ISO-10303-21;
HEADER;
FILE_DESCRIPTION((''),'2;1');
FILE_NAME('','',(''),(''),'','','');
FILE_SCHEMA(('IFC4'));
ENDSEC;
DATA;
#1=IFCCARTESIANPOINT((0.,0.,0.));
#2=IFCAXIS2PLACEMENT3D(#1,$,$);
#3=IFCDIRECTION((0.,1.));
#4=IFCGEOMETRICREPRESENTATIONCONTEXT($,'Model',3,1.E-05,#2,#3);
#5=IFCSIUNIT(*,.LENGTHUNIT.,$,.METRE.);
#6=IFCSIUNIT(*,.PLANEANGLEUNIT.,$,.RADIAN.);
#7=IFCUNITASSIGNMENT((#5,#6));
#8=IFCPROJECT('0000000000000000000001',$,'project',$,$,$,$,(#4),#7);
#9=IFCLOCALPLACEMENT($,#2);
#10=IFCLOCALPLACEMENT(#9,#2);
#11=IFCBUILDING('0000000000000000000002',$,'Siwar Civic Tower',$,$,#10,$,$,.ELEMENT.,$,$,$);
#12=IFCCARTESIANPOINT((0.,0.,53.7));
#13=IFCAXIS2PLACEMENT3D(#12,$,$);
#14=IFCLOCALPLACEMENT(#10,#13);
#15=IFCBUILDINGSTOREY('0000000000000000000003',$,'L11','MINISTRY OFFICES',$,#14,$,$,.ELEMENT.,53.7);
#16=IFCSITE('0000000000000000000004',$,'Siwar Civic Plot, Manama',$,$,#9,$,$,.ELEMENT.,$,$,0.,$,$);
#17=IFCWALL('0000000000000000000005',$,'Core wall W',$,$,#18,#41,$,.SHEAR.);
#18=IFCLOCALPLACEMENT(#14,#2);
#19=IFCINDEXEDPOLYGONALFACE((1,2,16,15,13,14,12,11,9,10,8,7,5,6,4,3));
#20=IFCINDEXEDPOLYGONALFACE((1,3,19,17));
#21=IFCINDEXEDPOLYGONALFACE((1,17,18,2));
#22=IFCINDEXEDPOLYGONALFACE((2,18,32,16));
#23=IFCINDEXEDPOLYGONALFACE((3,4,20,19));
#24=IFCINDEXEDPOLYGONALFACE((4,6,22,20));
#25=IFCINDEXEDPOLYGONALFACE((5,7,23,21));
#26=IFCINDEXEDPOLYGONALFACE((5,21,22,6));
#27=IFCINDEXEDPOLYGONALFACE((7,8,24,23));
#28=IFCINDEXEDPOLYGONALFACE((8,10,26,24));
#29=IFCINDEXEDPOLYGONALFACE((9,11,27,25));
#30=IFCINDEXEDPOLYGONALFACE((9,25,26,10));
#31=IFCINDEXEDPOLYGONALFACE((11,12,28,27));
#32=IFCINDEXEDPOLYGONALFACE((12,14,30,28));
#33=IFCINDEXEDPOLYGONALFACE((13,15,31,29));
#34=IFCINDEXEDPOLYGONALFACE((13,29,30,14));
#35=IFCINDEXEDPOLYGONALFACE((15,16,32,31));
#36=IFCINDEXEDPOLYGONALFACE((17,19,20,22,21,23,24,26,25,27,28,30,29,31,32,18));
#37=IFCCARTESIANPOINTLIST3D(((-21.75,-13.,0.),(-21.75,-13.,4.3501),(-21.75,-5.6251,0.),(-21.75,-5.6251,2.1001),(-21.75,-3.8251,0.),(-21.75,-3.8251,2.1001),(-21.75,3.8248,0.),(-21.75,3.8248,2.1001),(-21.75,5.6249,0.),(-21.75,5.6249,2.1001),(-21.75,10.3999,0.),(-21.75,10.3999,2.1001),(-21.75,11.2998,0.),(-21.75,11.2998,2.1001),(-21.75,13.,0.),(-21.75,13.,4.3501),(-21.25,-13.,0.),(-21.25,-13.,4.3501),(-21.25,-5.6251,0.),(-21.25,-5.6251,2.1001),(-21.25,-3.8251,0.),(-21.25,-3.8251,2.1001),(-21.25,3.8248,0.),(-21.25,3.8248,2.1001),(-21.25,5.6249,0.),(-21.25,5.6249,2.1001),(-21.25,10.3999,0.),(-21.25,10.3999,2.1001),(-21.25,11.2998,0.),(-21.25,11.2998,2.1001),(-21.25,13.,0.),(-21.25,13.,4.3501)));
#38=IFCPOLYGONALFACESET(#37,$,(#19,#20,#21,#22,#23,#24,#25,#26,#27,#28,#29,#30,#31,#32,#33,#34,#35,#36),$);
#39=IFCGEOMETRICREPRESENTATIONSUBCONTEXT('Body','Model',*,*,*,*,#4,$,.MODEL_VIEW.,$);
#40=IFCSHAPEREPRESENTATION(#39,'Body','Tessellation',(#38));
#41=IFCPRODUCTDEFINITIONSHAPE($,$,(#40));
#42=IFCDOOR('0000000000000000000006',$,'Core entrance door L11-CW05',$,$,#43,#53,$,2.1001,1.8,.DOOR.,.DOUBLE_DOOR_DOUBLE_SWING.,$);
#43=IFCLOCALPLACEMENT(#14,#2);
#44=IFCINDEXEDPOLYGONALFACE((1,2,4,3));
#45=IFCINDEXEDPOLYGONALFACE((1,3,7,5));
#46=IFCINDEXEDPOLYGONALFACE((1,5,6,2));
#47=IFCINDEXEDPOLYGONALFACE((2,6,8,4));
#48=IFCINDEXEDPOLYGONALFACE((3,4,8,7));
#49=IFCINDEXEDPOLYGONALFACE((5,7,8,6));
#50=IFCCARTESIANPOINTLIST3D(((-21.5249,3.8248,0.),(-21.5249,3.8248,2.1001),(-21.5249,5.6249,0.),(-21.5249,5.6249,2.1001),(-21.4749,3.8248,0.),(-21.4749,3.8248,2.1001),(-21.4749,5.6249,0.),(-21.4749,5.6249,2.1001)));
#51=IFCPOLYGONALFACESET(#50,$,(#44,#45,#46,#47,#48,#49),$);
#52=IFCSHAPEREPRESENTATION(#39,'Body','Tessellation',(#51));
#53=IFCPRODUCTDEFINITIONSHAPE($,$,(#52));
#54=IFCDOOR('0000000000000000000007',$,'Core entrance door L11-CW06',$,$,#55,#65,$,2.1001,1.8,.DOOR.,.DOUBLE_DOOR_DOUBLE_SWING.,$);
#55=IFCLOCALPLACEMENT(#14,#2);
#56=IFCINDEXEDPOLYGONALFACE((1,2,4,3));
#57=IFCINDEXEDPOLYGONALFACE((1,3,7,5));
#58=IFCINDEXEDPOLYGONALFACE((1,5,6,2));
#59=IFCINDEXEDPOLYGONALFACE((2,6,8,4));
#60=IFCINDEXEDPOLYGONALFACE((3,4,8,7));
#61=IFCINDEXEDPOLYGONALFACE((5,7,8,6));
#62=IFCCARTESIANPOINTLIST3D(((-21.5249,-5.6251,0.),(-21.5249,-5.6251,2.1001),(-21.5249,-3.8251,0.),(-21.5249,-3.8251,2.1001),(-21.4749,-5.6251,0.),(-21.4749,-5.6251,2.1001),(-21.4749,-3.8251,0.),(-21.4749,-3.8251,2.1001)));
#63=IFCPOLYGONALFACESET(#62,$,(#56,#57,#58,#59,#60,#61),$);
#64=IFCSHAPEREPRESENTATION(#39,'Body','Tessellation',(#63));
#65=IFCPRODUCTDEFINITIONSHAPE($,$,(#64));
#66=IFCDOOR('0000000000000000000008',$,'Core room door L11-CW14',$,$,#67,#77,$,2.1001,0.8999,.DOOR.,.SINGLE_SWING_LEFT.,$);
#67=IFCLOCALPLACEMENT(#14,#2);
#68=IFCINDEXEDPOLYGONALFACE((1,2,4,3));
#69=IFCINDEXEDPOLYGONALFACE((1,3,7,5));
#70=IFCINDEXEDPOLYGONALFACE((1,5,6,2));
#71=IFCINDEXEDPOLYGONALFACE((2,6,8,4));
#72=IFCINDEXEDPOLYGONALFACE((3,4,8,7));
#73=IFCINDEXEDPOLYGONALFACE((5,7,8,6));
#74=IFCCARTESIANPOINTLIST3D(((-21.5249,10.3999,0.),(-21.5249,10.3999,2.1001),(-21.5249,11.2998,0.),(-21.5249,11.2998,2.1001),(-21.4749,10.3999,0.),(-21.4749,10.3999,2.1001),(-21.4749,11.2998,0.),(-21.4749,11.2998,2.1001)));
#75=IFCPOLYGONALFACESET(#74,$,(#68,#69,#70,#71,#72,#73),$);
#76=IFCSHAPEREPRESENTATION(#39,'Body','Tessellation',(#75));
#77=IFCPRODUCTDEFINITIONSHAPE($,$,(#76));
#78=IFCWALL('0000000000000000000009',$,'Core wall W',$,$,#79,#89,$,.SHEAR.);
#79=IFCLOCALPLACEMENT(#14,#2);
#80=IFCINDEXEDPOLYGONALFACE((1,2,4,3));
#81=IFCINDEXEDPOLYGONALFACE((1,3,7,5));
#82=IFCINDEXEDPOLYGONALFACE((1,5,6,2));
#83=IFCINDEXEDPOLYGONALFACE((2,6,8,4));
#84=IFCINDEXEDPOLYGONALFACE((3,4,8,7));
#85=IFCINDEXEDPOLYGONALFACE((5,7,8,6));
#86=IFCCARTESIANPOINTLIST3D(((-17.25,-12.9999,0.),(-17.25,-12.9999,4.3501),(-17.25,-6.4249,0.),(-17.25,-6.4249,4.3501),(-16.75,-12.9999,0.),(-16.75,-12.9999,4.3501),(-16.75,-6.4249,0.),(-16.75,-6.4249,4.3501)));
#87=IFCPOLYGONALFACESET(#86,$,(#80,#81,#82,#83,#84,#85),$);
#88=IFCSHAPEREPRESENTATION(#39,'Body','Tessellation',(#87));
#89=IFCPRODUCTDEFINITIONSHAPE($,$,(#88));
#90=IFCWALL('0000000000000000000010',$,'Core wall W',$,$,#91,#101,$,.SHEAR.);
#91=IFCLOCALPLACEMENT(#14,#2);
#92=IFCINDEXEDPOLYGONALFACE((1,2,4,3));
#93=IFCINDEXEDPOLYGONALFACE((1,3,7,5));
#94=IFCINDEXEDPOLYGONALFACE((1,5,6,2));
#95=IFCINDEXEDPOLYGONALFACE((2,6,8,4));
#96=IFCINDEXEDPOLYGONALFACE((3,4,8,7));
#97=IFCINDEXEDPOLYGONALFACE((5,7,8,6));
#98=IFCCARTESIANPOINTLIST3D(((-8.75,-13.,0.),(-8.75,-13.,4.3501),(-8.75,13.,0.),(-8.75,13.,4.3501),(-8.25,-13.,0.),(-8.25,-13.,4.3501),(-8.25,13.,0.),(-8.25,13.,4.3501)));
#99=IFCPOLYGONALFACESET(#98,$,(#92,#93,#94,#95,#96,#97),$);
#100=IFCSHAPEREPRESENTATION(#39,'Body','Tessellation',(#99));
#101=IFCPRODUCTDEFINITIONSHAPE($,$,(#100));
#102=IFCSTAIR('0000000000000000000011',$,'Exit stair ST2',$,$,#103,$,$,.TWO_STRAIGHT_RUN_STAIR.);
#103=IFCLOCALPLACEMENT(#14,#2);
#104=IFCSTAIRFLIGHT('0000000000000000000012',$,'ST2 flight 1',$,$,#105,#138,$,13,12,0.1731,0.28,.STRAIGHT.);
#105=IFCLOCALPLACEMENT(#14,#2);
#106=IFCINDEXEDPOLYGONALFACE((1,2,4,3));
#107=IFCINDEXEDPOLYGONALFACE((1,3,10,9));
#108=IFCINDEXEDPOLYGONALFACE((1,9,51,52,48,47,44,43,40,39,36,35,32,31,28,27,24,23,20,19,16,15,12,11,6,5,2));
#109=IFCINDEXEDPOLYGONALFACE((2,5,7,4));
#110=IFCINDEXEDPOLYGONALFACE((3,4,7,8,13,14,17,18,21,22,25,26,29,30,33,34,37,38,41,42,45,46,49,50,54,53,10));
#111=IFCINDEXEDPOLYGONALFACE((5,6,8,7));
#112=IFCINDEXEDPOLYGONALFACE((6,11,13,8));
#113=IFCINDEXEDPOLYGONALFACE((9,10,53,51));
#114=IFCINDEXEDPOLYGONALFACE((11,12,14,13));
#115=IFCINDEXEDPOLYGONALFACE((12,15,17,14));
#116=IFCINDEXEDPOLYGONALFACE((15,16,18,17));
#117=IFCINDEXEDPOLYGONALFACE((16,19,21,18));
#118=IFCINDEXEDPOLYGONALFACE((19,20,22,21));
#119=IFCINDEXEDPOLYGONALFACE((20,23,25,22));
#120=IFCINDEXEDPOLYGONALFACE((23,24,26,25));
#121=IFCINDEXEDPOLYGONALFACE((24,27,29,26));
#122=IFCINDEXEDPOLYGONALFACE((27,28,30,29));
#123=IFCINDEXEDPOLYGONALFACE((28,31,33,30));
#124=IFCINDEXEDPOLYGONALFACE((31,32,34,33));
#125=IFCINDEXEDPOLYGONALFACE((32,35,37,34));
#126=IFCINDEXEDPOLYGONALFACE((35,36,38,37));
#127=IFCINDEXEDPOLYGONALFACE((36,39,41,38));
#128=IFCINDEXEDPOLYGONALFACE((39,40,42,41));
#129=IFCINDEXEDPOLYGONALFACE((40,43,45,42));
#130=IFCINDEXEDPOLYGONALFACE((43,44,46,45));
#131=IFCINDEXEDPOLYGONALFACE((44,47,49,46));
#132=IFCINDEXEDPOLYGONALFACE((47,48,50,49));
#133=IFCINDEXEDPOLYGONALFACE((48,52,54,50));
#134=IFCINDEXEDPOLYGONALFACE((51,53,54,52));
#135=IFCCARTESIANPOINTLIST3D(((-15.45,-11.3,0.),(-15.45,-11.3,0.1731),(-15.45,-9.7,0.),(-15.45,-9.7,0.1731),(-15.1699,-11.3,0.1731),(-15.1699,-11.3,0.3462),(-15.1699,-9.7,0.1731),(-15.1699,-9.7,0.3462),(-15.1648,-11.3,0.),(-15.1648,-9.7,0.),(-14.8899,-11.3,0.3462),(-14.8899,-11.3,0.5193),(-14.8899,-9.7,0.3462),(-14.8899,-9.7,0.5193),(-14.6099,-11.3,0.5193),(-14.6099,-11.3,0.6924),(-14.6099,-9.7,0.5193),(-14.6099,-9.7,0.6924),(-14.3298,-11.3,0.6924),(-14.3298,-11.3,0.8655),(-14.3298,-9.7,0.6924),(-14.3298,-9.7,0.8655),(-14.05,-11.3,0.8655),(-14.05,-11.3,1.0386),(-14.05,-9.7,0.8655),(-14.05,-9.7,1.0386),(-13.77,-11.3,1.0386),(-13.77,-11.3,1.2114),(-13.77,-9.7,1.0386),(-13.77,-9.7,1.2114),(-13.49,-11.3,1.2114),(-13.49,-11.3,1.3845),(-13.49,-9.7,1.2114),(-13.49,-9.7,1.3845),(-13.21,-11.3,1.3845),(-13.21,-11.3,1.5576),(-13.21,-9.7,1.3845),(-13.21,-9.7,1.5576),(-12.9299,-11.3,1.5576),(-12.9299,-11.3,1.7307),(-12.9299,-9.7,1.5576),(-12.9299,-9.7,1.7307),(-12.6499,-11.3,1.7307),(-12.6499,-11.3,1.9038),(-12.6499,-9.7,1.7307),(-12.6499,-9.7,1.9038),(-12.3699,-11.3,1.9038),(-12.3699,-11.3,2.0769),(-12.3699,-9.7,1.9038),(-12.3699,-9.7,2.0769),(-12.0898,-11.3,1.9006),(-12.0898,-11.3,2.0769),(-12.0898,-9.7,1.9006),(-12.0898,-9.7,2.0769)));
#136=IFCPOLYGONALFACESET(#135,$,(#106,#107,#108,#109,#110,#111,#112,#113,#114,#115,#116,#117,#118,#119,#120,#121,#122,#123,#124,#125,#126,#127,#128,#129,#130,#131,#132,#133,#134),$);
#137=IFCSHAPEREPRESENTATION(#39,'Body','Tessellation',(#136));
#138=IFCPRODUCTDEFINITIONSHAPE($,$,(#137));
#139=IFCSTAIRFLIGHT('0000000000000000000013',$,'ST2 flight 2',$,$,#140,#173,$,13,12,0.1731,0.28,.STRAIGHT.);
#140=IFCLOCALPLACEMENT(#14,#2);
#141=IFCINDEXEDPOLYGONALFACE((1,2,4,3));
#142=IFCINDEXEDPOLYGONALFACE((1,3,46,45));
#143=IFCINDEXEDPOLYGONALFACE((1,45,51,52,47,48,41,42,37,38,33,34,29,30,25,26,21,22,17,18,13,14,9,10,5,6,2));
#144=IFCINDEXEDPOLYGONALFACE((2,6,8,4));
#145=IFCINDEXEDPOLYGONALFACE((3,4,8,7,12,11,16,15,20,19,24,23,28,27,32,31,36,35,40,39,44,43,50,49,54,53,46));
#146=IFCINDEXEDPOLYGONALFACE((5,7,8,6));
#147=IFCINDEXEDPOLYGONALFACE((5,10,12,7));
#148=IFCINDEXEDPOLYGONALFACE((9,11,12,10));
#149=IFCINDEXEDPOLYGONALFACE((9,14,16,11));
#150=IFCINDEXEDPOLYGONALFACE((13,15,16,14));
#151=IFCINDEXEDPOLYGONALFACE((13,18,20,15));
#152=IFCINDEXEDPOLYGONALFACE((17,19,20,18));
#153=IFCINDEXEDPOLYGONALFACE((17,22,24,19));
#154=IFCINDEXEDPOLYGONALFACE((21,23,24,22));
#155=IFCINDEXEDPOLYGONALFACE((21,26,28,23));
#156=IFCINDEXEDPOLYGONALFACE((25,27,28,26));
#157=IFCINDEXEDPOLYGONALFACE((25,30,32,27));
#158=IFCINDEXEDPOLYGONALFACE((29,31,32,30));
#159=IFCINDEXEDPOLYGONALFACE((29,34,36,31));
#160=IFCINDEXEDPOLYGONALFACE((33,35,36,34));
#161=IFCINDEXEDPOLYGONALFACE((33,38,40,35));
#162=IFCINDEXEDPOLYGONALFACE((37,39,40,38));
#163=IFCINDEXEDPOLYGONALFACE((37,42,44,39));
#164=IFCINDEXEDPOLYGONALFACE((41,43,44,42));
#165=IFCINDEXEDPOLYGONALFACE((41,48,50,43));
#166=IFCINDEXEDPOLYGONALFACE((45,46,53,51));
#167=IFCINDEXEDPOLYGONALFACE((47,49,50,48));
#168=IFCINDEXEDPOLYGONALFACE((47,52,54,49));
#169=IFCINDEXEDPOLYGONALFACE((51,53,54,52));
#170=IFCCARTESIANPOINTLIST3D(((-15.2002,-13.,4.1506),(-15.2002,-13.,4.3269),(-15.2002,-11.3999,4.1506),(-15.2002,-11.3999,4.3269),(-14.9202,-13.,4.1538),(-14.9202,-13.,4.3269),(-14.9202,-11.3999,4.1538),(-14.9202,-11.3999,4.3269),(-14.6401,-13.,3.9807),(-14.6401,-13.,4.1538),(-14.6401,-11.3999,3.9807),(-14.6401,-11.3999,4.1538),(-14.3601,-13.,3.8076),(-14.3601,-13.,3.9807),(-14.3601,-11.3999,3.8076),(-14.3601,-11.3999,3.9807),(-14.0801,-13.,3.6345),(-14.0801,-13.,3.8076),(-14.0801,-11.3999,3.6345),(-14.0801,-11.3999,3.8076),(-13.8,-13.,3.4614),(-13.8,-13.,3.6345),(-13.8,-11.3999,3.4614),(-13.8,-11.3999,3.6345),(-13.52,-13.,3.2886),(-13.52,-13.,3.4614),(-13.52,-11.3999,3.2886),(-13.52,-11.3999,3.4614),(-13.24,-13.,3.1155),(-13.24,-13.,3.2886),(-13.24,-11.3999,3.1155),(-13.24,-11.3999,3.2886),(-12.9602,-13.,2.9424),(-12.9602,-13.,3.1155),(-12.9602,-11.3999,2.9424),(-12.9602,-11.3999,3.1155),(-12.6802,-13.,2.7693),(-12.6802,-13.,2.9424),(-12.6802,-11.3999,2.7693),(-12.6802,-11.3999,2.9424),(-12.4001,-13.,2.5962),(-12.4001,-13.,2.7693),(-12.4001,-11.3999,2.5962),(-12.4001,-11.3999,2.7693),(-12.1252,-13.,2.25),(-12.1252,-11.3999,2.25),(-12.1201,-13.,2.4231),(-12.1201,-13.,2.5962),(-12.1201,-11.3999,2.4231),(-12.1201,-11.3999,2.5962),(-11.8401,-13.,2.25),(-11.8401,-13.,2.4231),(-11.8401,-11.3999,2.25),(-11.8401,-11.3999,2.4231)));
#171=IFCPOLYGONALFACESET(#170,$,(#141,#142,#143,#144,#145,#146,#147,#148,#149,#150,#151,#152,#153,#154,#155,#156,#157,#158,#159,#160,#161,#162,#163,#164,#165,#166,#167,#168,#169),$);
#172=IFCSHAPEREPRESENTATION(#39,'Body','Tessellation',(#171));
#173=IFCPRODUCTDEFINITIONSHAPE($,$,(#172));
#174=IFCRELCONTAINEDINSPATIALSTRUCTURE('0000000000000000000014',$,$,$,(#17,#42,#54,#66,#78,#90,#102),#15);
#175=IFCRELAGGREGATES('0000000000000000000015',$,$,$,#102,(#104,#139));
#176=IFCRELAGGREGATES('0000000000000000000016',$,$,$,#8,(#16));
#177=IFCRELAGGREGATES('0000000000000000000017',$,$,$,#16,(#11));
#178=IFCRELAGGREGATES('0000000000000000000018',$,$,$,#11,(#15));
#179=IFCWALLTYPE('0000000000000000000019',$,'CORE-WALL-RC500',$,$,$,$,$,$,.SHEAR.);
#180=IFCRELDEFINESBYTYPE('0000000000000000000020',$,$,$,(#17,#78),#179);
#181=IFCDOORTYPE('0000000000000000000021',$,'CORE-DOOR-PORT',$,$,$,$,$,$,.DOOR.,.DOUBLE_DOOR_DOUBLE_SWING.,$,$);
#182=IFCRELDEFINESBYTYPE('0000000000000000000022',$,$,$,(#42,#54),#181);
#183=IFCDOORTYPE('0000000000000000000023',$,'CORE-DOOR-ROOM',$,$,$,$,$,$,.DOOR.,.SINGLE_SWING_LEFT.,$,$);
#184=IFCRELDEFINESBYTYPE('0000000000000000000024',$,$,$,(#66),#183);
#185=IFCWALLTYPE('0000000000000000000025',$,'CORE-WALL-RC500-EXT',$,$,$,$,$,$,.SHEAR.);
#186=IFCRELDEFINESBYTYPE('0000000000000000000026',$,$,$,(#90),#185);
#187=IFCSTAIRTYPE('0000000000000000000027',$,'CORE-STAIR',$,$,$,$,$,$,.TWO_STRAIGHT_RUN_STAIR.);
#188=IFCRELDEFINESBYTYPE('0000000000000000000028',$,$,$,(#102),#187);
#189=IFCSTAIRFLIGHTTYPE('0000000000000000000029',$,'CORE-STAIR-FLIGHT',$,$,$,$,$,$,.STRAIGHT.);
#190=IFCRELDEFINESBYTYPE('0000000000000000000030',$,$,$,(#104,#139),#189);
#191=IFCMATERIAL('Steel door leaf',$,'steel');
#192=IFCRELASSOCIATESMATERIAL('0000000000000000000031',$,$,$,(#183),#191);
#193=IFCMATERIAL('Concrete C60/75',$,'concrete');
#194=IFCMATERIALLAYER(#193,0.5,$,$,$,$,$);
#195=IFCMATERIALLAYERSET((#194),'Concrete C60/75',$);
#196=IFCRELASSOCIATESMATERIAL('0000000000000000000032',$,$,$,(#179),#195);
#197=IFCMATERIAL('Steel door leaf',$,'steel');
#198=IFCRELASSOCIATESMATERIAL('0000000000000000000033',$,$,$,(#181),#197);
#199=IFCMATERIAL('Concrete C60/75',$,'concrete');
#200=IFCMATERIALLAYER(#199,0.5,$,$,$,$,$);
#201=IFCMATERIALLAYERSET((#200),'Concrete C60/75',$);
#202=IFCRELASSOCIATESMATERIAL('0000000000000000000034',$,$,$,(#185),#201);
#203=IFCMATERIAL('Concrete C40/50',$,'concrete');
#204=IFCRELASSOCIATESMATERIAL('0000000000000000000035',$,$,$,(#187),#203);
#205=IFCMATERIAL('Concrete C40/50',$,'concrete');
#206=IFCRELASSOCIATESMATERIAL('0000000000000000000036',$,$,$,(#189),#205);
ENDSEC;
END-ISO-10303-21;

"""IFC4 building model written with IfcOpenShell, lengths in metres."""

from ifc_helpers import new_model, si_unit, direction, frame, frame_2d, origin, place, context, subcontext, project, spatial, polyline, rectangle, outline, extrude, material, layer, layer_set, type_object, element, fill, aggregate, save


model = new_model("IFC4")

# Units and contexts
model_context = context("Model", 3, precision=1e-05, world=origin(), true_north=direction((0.0, 1.0)))
body_context = subcontext(model_context, "Body", "Model", "MODEL_VIEW")
ifc_project = project(units=[si_unit("LENGTHUNIT", "METRE"), si_unit("PLANEANGLEUNIT", "RADIAN")], contexts=[model_context])

# Site, building, storey
site_placement = place(None, origin())
site = spatial("IfcSite", under=ifc_project, at=site_placement, Name="Siwar Civic Plot, Manama", CompositionType="ELEMENT", RefElevation=0.0)
building_placement = place(site_placement, origin())
building = spatial("IfcBuilding", under=site, at=building_placement, Name="Siwar Civic Tower", CompositionType="ELEMENT")
storey_placement = place(building_placement, frame((0.0, 0.0, 53.7)))
storey = spatial("IfcBuildingStorey", under=building, at=storey_placement, Name="L11", Description="MINISTRY OFFICES", CompositionType="ELEMENT", Elevation=53.7)

# Shared definitions
ifc_material_1 = material(Name="Steel door leaf", Category="steel")
door_type_1 = type_object("IfcDoorType", Name="CORE-DOOR-ROOM", OperationType="SINGLE_SWING_LEFT", PredefinedType="DOOR", material=ifc_material_1)

# Wall, openings, doors
ifc_material_2 = material(Name="Concrete C60/75", Category="concrete")
ifc_layer_1 = layer(ifc_material_2, 0.5)
ifc_layer_set_1 = layer_set([ifc_layer_1], Name="Concrete C60/75")
wall_type_1 = type_object("IfcWallType", Name="CORE-WALL-RC500", PredefinedType="SHEAR", material=ifc_layer_set_1)
wall_1_placement = place(storey_placement, frame((-21.5, -13.0, 0.0), z_axis=(0.0, 0.0, 1.0), x_axis=(0.0, 1.0, 0.0)))
wall_1 = element("IfcWall", 1, at=wall_1_placement, inside=storey, type_object=wall_type_1, Name="Core wall W", PredefinedType="SHEAR", context=body_context, shape_type="SweptSolid", body=[
    extrude(rectangle(XDim=26.0, YDim=0.5, at=frame_2d((13.0, 0.0))), origin(), (0.0, 0.0, 1.0), 4.3501),
])
opening_1_placement = place(wall_1_placement, frame((16.825, 0.0, 0.0)))
opening_1 = element("IfcOpeningElement", 2, at=opening_1_placement, cuts=wall_1, PredefinedType="OPENING", context=body_context, shape_type="SweptSolid", body=[
    extrude(rectangle(XDim=1.8, YDim=2.1001, at=frame_2d((0.8999, 1.05))), frame((0.0, 0.26, 0.0), z_axis=(0.0, -1.0, 0.0), x_axis=(1.0, 0.0, 0.0)), (0.0, 0.0, 1.0), 0.52),
])
opening_2_placement = place(wall_1_placement, frame((7.375, 0.0, 0.0)))
opening_2 = element("IfcOpeningElement", 3, at=opening_2_placement, cuts=wall_1, PredefinedType="OPENING", context=body_context, shape_type="SweptSolid", body=[
    extrude(rectangle(XDim=1.8, YDim=2.1001, at=frame_2d((0.8999, 1.05))), frame((0.0, 0.26, 0.0), z_axis=(0.0, -1.0, 0.0), x_axis=(1.0, 0.0, 0.0)), (0.0, 0.0, 1.0), 0.52),
])
opening_3_placement = place(wall_1_placement, frame((23.3999, 0.0, 0.0)))
opening_3 = element("IfcOpeningElement", 4, at=opening_3_placement, cuts=wall_1, PredefinedType="OPENING", context=body_context, shape_type="SweptSolid", body=[
    extrude(rectangle(XDim=0.8999, YDim=2.1001, at=frame_2d((0.45, 1.05))), frame((0.0, 0.26, 0.0), z_axis=(0.0, -1.0, 0.0), x_axis=(1.0, 0.0, 0.0)), (0.0, 0.0, 1.0), 0.52),
])
ifc_material_3 = material(Name="Steel door leaf", Category="steel")
door_type_2 = type_object("IfcDoorType", Name="CORE-DOOR-PORT", OperationType="DOUBLE_DOOR_DOUBLE_SWING", PredefinedType="DOOR", material=ifc_material_3)
door_1_placement = place(opening_1_placement, origin())
door_1 = element("IfcDoor", 5, at=door_1_placement, inside=storey, type_object=door_type_2, Name="Core entrance door L11-CW05", OperationType="DOUBLE_DOOR_DOUBLE_SWING", OverallHeight=2.1001, OverallWidth=1.8, PredefinedType="DOOR", context=body_context, shape_type="SweptSolid", body=[
    extrude(rectangle(XDim=1.8, YDim=2.1001, at=frame_2d((0.8999, 1.05))), frame((0.0, 0.0249, 0.0), z_axis=(0.0, -1.0, 0.0), x_axis=(1.0, 0.0, 0.0)), (0.0, 0.0, 1.0), 0.05),
])
fill(opening_1, door_1)
door_2_placement = place(opening_2_placement, origin())
door_2 = element("IfcDoor", 6, at=door_2_placement, inside=storey, type_object=door_type_2, Name="Core entrance door L11-CW06", OperationType="DOUBLE_DOOR_DOUBLE_SWING", OverallHeight=2.1001, OverallWidth=1.8, PredefinedType="DOOR", context=body_context, shape_type="SweptSolid", body=[
    extrude(rectangle(XDim=1.8, YDim=2.1001, at=frame_2d((0.8999, 1.05))), frame((0.0, 0.0249, 0.0), z_axis=(0.0, -1.0, 0.0), x_axis=(1.0, 0.0, 0.0)), (0.0, 0.0, 1.0), 0.05),
])
fill(opening_2, door_2)
door_3_placement = place(opening_3_placement, origin())
door_3 = element("IfcDoor", 7, at=door_3_placement, inside=storey, type_object=door_type_1, Name="Core room door L11-CW14", OperationType="SINGLE_SWING_LEFT", OverallHeight=2.1001, OverallWidth=0.8999, PredefinedType="DOOR", context=body_context, shape_type="SweptSolid", body=[
    extrude(rectangle(XDim=0.8999, YDim=2.1001, at=frame_2d((0.45, 1.05))), frame((0.0, 0.0249, 0.0), z_axis=(0.0, -1.0, 0.0), x_axis=(1.0, 0.0, 0.0)), (0.0, 0.0, 1.0), 0.05),
])
fill(opening_3, door_3)

# Walls
wall_2_placement = place(storey_placement, frame((-17.0, -13.0, 0.0), z_axis=(0.0, 0.0, 1.0), x_axis=(0.0, 1.0, 0.0)))
element("IfcWall", 8, at=wall_2_placement, inside=storey, type_object=wall_type_1, Name="Core wall W", PredefinedType="SHEAR", context=body_context, shape_type="SweptSolid", body=[
    extrude(rectangle(XDim=6.575, YDim=0.5, at=frame_2d((3.2876, 0.0))), origin(), (0.0, 0.0, 1.0), 4.3501),
])
ifc_material_4 = material(Name="Concrete C60/75", Category="concrete")
ifc_layer_2 = layer(ifc_material_4, 0.5)
ifc_layer_set_2 = layer_set([ifc_layer_2], Name="Concrete C60/75")
wall_type_2 = type_object("IfcWallType", Name="CORE-WALL-RC500-EXT", PredefinedType="SHEAR", material=ifc_layer_set_2)
wall_3_placement = place(storey_placement, frame((-8.5, -13.0, 0.0), z_axis=(0.0, 0.0, 1.0), x_axis=(0.0, 1.0, 0.0)))
element("IfcWall", 9, at=wall_3_placement, inside=storey, type_object=wall_type_2, Name="Core wall W", PredefinedType="SHEAR", context=body_context, shape_type="SweptSolid", body=[
    extrude(rectangle(XDim=26.0, YDim=0.5, at=frame_2d((13.0, 0.0))), origin(), (0.0, 0.0, 1.0), 4.3501),
])

# Stair, stair flights
ifc_material_5 = material(Name="Concrete C40/50", Category="concrete")
stair_type = type_object("IfcStairType", Name="CORE-STAIR", PredefinedType="TWO_STRAIGHT_RUN_STAIR", material=ifc_material_5)
stair_placement = place(storey_placement, origin())
stair = element("IfcStair", 10, at=stair_placement, inside=storey, type_object=stair_type, Name="Exit stair ST2", PredefinedType="TWO_STRAIGHT_RUN_STAIR")
ifc_material_6 = material(Name="Concrete C40/50", Category="concrete")
stair_flight_type = type_object("IfcStairFlightType", Name="CORE-STAIR-FLIGHT", PredefinedType="STRAIGHT", material=ifc_material_6)
stair_flight_1_placement = place(storey_placement, frame((-15.45, -10.5, 0.0), z_axis=(0.0, 0.0, 1.0), x_axis=(1.0, 0.0, 0.0)))
stair_flight_1 = element("IfcStairFlight", 11, at=stair_flight_1_placement, type_object=stair_flight_type, Name="ST2 flight 1", NumberOfRisers=13, NumberOfTreads=12, PredefinedType="STRAIGHT", RiserHeight=0.1731, TreadLength=0.28, context=body_context, shape_type="SweptSolid", body=[
    extrude(outline(polyline([(0.0, 0.0), (0.0, 0.1731), (0.28, 0.1731), (0.28, 0.3462), (0.5601, 0.3462), (0.5601, 0.5193), (0.8401, 0.5193), (0.8401, 0.6924), (1.1201, 0.6924), (1.1201, 0.8655), (1.3999, 0.8655), (1.3999, 1.0386), (1.6799, 1.0386), (1.6799, 1.2114), (1.96, 1.2114), (1.96, 1.3845), (2.24, 1.3845), (2.24, 1.5576), (2.52, 1.5576), (2.52, 1.7307), (2.8, 1.7307), (2.8, 1.9038), (3.0801, 1.9038), (3.0801, 2.0769), (3.3601, 2.0769), (3.3601, 2.25), (3.3601, 1.9006), (0.2852, 0.0), (0.0, 0.0)])), frame((0.0, 0.8, 0.0), z_axis=(0.0, -1.0, 0.0), x_axis=(1.0, 0.0, 0.0)), (0.0, 0.0, 1.0), 1.6001),
])
stair_flight_2_placement = place(storey_placement, frame((-11.8401, -12.2, 2.25), z_axis=(0.0, 0.0, 1.0), x_axis=(-1.0, 0.0, 0.0)))
stair_flight_2 = element("IfcStairFlight", 12, at=stair_flight_2_placement, type_object=stair_flight_type, Name="ST2 flight 2", NumberOfRisers=13, NumberOfTreads=12, PredefinedType="STRAIGHT", RiserHeight=0.1731, TreadLength=0.28, context=body_context, shape_type="SweptSolid", body=[
    extrude(outline(polyline([(0.0, 0.0), (0.0, 0.1731), (0.28, 0.1731), (0.28, 0.3462), (0.5601, 0.3462), (0.5601, 0.5193), (0.8401, 0.5193), (0.8401, 0.6924), (1.1201, 0.6924), (1.1201, 0.8655), (1.3999, 0.8655), (1.3999, 1.0386), (1.6799, 1.0386), (1.6799, 1.2114), (1.96, 1.2114), (1.96, 1.3845), (2.24, 1.3845), (2.24, 1.5576), (2.52, 1.5576), (2.52, 1.7307), (2.8, 1.7307), (2.8, 1.9038), (3.0801, 1.9038), (3.0801, 2.0769), (3.3601, 2.0769), (3.3601, 2.25), (3.3601, 1.9006), (0.2852, 0.0), (0.0, 0.0)])), frame((0.0, 0.8, 0.0), z_axis=(0.0, -1.0, 0.0), x_axis=(1.0, 0.0, 0.0)), (0.0, 0.0, 1.0), 1.6001),
])
aggregate(stair, [stair_flight_1, stair_flight_2])

save(model, "model.ifc")
